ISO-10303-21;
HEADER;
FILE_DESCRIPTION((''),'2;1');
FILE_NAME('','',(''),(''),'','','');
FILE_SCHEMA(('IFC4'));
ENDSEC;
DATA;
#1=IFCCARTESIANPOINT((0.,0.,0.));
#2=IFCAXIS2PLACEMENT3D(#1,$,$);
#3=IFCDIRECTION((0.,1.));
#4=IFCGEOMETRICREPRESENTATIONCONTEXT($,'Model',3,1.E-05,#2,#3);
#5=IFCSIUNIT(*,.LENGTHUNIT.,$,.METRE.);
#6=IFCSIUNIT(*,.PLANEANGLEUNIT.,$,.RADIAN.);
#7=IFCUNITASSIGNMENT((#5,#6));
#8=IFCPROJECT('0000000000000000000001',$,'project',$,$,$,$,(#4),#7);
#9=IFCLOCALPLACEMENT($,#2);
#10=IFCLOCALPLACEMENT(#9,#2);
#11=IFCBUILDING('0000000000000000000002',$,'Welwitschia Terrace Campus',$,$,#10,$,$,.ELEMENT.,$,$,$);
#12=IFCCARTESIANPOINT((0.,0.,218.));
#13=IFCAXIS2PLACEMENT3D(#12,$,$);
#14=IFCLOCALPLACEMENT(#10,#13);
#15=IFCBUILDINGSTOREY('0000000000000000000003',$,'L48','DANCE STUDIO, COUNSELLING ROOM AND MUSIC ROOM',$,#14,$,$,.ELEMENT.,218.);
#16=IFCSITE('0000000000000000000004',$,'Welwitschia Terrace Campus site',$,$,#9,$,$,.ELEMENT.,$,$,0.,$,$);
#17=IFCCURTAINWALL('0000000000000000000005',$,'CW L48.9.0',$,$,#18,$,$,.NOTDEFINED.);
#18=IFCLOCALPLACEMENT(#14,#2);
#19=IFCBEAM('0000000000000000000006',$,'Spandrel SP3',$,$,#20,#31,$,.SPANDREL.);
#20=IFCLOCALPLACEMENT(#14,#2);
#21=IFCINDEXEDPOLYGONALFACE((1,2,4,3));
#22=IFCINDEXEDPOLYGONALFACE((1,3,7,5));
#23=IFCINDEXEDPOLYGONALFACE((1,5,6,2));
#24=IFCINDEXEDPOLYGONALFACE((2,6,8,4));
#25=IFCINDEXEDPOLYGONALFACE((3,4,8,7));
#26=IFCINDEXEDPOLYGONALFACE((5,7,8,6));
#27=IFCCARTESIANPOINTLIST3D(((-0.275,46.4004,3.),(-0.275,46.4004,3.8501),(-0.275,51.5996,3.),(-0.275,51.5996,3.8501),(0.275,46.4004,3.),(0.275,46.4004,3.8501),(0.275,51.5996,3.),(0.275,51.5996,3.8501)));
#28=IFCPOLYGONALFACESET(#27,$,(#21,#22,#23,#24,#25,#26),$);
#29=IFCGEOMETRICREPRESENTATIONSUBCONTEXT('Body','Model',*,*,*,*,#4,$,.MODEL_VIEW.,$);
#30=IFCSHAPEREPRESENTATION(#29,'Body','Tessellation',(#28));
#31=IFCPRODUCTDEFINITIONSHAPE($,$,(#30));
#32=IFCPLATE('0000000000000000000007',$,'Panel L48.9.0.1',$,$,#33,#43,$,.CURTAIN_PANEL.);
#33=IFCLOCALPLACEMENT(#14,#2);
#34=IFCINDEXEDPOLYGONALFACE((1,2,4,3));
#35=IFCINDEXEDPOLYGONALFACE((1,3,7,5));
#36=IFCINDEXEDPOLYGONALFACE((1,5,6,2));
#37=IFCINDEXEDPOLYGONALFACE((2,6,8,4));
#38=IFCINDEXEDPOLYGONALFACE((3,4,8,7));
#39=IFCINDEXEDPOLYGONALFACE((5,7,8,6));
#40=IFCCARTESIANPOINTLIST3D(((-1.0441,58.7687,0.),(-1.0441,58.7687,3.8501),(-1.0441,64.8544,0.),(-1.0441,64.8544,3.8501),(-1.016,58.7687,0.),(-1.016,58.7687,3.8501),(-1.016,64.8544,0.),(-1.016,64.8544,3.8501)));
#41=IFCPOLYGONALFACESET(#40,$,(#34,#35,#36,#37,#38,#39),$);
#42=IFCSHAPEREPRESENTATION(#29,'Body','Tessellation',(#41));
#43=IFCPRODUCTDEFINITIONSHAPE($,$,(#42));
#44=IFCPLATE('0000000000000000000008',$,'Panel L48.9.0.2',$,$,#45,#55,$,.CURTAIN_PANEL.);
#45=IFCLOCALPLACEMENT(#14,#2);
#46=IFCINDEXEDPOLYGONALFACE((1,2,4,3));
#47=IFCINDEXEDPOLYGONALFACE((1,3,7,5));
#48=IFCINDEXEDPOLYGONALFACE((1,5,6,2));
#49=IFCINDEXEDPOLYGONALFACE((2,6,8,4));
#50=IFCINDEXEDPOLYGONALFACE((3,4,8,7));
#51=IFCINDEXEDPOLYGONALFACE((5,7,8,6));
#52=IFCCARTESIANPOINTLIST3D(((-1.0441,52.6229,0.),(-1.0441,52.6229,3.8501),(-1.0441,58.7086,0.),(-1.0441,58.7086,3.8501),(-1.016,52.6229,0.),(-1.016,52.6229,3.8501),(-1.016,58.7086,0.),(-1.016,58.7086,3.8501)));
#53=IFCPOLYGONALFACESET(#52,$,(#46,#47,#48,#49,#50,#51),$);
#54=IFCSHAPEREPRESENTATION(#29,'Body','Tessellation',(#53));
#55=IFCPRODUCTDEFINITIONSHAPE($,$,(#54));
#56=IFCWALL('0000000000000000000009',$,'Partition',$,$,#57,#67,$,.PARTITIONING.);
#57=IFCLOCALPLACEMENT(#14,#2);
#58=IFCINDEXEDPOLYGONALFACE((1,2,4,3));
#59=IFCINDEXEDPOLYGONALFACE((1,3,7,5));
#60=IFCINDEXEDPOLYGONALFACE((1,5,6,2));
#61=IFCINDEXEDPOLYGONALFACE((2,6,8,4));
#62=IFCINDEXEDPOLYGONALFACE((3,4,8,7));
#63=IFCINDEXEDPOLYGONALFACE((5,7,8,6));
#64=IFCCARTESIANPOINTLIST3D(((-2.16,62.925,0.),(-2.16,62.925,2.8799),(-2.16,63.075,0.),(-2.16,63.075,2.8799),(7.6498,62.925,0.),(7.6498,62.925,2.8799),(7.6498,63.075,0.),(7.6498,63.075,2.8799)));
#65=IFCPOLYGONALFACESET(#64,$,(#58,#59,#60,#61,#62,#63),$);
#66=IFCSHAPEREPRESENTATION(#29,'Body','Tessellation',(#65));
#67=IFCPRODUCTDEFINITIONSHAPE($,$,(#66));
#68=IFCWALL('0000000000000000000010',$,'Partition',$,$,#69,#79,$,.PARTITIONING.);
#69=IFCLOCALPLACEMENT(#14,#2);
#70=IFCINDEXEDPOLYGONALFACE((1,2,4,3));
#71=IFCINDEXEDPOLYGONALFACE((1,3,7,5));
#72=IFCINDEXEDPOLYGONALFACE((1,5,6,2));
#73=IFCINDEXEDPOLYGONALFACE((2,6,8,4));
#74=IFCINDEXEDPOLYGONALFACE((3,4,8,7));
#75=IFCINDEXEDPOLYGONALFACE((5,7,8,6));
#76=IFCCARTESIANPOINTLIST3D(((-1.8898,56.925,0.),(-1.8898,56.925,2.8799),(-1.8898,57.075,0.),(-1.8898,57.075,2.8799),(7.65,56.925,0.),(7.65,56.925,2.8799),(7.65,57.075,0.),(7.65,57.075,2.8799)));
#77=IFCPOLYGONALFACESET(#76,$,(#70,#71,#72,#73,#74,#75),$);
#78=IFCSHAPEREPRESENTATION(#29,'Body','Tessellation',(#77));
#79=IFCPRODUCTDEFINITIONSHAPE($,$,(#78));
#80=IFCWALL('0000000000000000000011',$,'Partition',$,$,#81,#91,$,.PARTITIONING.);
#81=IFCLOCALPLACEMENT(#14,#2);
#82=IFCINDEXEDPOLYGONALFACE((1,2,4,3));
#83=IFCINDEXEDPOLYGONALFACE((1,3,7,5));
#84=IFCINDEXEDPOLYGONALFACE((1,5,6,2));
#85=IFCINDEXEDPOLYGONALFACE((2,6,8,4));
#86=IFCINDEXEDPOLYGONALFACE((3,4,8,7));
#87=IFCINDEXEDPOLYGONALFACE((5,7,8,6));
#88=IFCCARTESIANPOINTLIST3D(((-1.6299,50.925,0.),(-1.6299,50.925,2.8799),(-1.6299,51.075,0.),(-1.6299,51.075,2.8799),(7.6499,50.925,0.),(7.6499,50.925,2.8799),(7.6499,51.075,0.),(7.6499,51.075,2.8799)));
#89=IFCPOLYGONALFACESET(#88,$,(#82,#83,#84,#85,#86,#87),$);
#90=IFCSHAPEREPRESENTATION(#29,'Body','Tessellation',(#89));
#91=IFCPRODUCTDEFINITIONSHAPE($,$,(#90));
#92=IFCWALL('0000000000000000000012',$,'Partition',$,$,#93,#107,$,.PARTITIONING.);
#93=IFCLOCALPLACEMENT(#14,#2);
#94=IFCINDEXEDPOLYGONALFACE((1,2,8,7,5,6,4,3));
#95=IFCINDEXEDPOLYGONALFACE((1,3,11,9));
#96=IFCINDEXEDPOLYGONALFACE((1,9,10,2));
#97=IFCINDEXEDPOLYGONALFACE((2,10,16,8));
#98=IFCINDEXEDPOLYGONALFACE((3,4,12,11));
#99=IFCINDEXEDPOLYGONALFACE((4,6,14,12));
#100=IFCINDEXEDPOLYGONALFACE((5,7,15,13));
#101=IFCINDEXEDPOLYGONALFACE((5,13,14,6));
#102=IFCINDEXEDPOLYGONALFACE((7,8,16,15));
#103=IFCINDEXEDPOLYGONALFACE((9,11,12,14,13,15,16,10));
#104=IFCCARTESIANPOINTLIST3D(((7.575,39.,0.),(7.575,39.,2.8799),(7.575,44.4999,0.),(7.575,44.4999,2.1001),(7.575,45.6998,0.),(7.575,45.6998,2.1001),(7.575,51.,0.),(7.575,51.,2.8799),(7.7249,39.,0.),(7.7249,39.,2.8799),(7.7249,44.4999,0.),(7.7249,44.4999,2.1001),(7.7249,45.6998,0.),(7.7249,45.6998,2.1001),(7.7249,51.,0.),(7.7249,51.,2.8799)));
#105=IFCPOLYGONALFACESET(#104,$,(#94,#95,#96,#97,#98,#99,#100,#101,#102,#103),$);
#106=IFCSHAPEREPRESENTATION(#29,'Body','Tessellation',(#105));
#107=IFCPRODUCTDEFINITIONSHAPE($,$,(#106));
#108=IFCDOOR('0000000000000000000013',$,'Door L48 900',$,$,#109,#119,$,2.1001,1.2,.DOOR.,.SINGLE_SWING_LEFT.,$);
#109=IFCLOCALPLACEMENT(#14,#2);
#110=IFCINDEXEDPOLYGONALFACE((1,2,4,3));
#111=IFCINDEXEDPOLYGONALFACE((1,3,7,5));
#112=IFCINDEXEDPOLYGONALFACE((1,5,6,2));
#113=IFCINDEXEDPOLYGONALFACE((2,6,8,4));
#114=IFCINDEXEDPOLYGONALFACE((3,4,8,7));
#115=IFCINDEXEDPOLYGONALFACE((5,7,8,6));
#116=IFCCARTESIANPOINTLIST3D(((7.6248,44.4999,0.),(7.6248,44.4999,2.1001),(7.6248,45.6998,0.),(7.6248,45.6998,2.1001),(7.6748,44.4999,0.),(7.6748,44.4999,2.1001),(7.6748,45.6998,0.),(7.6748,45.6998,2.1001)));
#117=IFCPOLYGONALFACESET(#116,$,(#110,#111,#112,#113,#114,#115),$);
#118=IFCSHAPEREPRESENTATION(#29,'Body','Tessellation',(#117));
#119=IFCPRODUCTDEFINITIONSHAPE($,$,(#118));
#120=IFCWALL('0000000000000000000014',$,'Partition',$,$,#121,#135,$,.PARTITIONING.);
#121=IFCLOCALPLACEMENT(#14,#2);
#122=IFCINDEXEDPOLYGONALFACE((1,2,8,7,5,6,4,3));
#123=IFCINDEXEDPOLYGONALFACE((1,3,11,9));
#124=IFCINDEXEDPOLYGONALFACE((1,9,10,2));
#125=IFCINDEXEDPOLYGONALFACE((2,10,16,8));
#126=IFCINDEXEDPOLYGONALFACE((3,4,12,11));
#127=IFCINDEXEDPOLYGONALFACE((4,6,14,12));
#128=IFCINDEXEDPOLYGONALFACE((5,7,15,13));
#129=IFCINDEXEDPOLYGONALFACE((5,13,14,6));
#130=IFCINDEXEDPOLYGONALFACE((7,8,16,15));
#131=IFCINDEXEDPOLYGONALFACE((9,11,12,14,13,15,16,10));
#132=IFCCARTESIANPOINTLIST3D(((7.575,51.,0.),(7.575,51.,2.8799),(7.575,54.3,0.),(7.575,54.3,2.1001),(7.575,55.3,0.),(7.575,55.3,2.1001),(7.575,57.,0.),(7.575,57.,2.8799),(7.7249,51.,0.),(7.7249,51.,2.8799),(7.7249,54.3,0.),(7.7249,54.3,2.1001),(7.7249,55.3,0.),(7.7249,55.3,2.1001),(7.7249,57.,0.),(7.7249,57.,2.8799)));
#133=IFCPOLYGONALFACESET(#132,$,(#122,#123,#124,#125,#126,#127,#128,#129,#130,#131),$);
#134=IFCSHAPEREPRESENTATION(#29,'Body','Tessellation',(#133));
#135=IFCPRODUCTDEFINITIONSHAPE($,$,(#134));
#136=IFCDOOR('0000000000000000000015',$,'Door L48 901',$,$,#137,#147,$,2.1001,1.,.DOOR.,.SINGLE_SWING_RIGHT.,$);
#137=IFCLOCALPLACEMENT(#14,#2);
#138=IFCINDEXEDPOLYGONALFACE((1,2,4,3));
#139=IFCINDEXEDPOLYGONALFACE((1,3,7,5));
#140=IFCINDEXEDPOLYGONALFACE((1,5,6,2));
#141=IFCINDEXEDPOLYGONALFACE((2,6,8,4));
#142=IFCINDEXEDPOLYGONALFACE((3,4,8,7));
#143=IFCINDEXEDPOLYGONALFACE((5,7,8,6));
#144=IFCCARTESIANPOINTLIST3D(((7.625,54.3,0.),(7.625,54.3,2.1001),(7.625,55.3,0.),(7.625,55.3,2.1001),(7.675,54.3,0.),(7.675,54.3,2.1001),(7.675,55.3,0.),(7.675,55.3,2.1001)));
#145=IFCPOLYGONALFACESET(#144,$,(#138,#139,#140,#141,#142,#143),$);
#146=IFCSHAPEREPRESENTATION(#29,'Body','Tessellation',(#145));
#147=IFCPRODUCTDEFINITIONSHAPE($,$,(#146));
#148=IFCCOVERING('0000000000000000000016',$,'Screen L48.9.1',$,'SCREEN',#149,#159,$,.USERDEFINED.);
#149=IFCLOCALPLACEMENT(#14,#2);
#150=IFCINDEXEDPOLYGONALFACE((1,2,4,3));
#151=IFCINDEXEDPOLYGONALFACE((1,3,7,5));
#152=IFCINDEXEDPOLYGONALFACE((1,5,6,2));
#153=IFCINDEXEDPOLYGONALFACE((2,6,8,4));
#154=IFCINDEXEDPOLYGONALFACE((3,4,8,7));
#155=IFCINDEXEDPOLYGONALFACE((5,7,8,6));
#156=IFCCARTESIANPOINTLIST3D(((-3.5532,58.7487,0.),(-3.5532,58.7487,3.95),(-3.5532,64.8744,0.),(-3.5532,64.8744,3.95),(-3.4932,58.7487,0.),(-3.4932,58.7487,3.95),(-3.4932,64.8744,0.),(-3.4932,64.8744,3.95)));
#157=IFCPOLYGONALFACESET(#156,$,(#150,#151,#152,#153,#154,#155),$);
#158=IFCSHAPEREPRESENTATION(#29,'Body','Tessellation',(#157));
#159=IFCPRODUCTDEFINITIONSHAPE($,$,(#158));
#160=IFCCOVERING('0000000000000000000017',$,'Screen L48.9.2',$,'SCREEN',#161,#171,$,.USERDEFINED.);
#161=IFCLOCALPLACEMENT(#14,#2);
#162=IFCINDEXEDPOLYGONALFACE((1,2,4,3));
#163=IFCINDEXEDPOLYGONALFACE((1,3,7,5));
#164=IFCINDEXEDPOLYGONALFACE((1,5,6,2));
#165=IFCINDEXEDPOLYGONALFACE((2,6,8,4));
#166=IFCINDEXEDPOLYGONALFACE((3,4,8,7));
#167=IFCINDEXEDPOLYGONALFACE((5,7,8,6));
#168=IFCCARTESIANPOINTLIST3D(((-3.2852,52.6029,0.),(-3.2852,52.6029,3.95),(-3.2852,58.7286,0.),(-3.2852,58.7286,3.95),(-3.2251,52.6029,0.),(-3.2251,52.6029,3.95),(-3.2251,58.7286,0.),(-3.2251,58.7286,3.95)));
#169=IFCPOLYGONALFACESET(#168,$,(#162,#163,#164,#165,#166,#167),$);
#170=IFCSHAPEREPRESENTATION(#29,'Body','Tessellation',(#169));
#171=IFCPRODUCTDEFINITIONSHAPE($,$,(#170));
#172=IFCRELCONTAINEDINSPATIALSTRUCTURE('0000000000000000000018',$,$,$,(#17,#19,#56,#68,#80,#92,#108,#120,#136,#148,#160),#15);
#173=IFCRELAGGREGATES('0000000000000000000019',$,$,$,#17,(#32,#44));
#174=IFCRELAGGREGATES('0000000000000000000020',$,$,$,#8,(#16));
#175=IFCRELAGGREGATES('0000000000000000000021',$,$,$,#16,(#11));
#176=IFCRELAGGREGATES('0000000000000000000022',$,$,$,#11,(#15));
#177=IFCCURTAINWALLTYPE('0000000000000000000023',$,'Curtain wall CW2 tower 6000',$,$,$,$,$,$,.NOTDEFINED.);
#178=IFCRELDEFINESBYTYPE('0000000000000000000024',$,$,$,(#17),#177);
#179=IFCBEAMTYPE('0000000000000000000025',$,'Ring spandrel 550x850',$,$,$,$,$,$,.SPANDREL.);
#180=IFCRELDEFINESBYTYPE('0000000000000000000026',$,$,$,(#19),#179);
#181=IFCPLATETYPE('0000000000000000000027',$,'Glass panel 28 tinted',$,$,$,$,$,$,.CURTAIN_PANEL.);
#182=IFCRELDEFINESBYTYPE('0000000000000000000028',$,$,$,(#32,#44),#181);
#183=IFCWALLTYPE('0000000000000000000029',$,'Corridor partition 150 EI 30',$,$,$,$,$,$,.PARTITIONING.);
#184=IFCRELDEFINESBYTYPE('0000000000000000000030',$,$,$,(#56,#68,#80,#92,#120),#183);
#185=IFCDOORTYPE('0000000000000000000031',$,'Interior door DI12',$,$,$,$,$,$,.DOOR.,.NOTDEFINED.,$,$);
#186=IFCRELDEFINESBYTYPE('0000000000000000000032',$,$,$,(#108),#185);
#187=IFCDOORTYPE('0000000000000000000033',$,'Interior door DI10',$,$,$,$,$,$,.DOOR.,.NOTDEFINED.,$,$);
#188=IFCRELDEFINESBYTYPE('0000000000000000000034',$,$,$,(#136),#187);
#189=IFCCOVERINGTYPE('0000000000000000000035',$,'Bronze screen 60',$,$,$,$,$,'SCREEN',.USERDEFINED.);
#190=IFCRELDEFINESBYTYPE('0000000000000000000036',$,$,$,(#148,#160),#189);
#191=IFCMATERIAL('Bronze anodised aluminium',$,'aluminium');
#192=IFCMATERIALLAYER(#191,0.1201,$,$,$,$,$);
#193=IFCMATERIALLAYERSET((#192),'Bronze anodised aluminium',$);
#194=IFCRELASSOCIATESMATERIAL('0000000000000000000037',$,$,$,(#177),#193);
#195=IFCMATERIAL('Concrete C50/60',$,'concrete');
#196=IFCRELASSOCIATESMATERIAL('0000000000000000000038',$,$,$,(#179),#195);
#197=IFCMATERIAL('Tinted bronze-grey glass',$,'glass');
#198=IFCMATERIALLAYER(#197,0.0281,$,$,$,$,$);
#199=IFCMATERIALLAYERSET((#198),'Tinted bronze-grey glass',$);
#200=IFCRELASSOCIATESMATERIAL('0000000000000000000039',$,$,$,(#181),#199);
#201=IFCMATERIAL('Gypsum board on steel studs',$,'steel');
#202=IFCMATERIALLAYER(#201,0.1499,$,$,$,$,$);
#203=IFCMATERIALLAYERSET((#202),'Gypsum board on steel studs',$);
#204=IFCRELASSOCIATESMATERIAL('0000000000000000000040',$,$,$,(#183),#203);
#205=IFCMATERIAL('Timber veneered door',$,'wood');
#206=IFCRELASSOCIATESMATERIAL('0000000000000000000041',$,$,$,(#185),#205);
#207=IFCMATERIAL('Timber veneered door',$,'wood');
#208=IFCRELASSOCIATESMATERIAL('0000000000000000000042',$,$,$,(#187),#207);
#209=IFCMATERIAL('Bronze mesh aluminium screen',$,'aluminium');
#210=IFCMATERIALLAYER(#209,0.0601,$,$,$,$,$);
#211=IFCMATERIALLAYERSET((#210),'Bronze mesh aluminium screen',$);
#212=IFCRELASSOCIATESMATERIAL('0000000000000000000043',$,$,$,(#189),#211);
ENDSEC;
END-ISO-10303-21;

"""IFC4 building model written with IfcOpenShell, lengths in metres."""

from ifc_helpers import new_model, si_unit, direction, frame, frame_2d, origin, origin_2d, place, context, subcontext, project, spatial, rectangle, extrude, material, layer, layer_set, material_profile, profile_set, type_object, element, fill, aggregate, save


model = new_model("IFC4")

# Units and contexts
model_context = context("Model", 3, precision=1e-05, world=origin(), true_north=direction((0.0, 1.0)))
body_context = subcontext(model_context, "Body", "Model", "MODEL_VIEW")
ifc_project = project(units=[si_unit("LENGTHUNIT", "METRE"), si_unit("PLANEANGLEUNIT", "RADIAN")], contexts=[model_context])

# Site, building, storey
site_placement = place(None, origin())
site = spatial("IfcSite", under=ifc_project, at=site_placement, Name="Welwitschia Terrace Campus site", CompositionType="ELEMENT", RefElevation=0.0)
building_placement = place(site_placement, origin())
building = spatial("IfcBuilding", under=site, at=building_placement, Name="Welwitschia Terrace Campus", CompositionType="ELEMENT")
storey_placement = place(building_placement, frame((0.0, 0.0, 218.0)))
storey = spatial("IfcBuildingStorey", under=building, at=storey_placement, Name="L48", Description="DANCE STUDIO, COUNSELLING ROOM AND MUSIC ROOM", CompositionType="ELEMENT", Elevation=218.0)

# Curtain wall
ifc_material_1 = material(Name="Bronze anodised aluminium", Category="aluminium")
ifc_layer_1 = layer(ifc_material_1, 0.1201)
ifc_layer_set_1 = layer_set([ifc_layer_1], Name="Bronze anodised aluminium")
curtain_wall_type = type_object("IfcCurtainWallType", Name="Curtain wall CW2 tower 6000", PredefinedType="NOTDEFINED", material=ifc_layer_set_1)
curtain_wall_placement = place(storey_placement, origin())
curtain_wall = element("IfcCurtainWall", 1, at=curtain_wall_placement, inside=storey, type_object=curtain_wall_type, Name="CW L48.9.0", PredefinedType="NOTDEFINED")

# Beam
ifc_material_2 = material(Name="Concrete C50/60", Category="concrete")
ifc_material_profile_1 = material_profile(ifc_material_2, rectangle(XDim=0.55, YDim=0.8501, at=origin_2d()))
ifc_profile_set_1 = profile_set([ifc_material_profile_1], Name="Concrete C50/60")
beam_type_1 = type_object("IfcBeamType", Name="Ring spandrel 550x850", PredefinedType="SPANDREL", material=ifc_profile_set_1)
for number, where, z_axis, x_axis, name in (
    (2, (0.0, 51.5996, 3.425), (0.0, -1.0, 0.0), (1.0, 0.0, 0.0), "Spandrel SP3"),
):
    element("IfcBeam", number, at=place(storey_placement, frame(where, z_axis=z_axis, x_axis=x_axis)), inside=storey, type_object=beam_type_1, Name=name, PredefinedType="SPANDREL", context=body_context, shape_type="SweptSolid", body=[
        extrude(rectangle(XDim=0.55, YDim=0.8501, at=origin_2d()), origin(), (0.0, 0.0, 1.0), 5.1992),
    ])

# Plates
ifc_material_3 = material(Name="Tinted bronze-grey glass", Category="glass")
ifc_layer_2 = layer(ifc_material_3, 0.0281)
ifc_layer_set_2 = layer_set([ifc_layer_2], Name="Tinted bronze-grey glass")
plate_type = type_object("IfcPlateType", Name="Glass panel 28 tinted", PredefinedType="CURTAIN_PANEL", material=ifc_layer_set_2)
plate_1_placement = place(storey_placement, frame((-1.03, 61.8115, 0.0), z_axis=(0.0, 0.0, 1.0), x_axis=(0.0, -1.0, 0.0)))
plate_1 = element("IfcPlate", 3, at=plate_1_placement, type_object=plate_type, Name="Panel L48.9.0.1", PredefinedType="CURTAIN_PANEL", context=body_context, shape_type="SweptSolid", body=[
    extrude(rectangle(XDim=6.0857, YDim=0.0281, at=origin_2d()), origin(), (0.0, 0.0, 1.0), 3.8501),
])
plate_2_placement = place(storey_placement, frame((-1.03, 55.6658, 0.0), z_axis=(0.0, 0.0, 1.0), x_axis=(0.0, -1.0, 0.0)))
plate_2 = element("IfcPlate", 4, at=plate_2_placement, type_object=plate_type, Name="Panel L48.9.0.2", PredefinedType="CURTAIN_PANEL", context=body_context, shape_type="SweptSolid", body=[
    extrude(rectangle(XDim=6.0857, YDim=0.0281, at=origin_2d()), origin(), (0.0, 0.0, 1.0), 3.8501),
])
aggregate(curtain_wall, [plate_1, plate_2])

# Walls
ifc_material_4 = material(Name="Gypsum board on steel studs", Category="steel")
ifc_layer_3 = layer(ifc_material_4, 0.1499)
ifc_layer_set_3 = layer_set([ifc_layer_3], Name="Gypsum board on steel studs")
wall_type = type_object("IfcWallType", Name="Corridor partition 150 EI 30", PredefinedType="PARTITIONING", material=ifc_layer_set_3)
wall_1_placement = place(storey_placement, frame((-2.1599, 63.0, 0.0), z_axis=(0.0, 0.0, 1.0), x_axis=(1.0, 0.0, 0.0)))
element("IfcWall", 5, at=wall_1_placement, inside=storey, type_object=wall_type, Name="Partition", PredefinedType="PARTITIONING", context=body_context, shape_type="SweptSolid", body=[
    extrude(rectangle(XDim=9.8098, YDim=0.1499, at=frame_2d((4.9048, 0.0))), origin(), (0.0, 0.0, 1.0), 2.8799),
])
wall_2_placement = place(storey_placement, frame((-1.8899, 57.0, 0.0), z_axis=(0.0, 0.0, 1.0), x_axis=(1.0, 0.0, 0.0)))
element("IfcWall", 6, at=wall_2_placement, inside=storey, type_object=wall_type, Name="Partition", PredefinedType="PARTITIONING", context=body_context, shape_type="SweptSolid", body=[
    extrude(rectangle(XDim=9.5398, YDim=0.1499, at=frame_2d((4.77, 0.0))), origin(), (0.0, 0.0, 1.0), 2.8799),
])
wall_3_placement = place(storey_placement, frame((-1.6299, 51.0, 0.0), z_axis=(0.0, 0.0, 1.0), x_axis=(1.0, 0.0, 0.0)))
element("IfcWall", 7, at=wall_3_placement, inside=storey, type_object=wall_type, Name="Partition", PredefinedType="PARTITIONING", context=body_context, shape_type="SweptSolid", body=[
    extrude(rectangle(XDim=9.2798, YDim=0.1499, at=frame_2d((4.6399, 0.0))), origin(), (0.0, 0.0, 1.0), 2.8799),
])

# Walls, openings, doors
wall_4_placement = place(storey_placement, frame((7.6499, 51.0, 0.0), z_axis=(0.0, 0.0, 1.0), x_axis=(0.0, -1.0, 0.0)))
wall_4 = element("IfcWall", 8, at=wall_4_placement, inside=storey, type_object=wall_type, Name="Partition", PredefinedType="PARTITIONING", context=body_context, shape_type="SweptSolid", body=[
    extrude(rectangle(XDim=12.0, YDim=0.1499, at=frame_2d((6.0, 0.0))), origin(), (0.0, 0.0, 1.0), 2.8799),
])
opening_1_placement = place(wall_4_placement, frame((5.3, 0.0, 0.0)))
opening_1 = element("IfcOpeningElement", 9, at=opening_1_placement, cuts=wall_4, PredefinedType="OPENING", context=body_context, shape_type="SweptSolid", body=[
    extrude(rectangle(XDim=1.2, YDim=2.1001, at=frame_2d((0.6001, 1.05))), frame((0.0, 0.085, 0.0), z_axis=(0.0, -1.0, 0.0), x_axis=(1.0, 0.0, 0.0)), (0.0, 0.0, 1.0), 0.1699),
])
ifc_material_5 = material(Name="Timber veneered door", Category="wood")
door_type_1 = type_object("IfcDoorType", Name="Interior door DI12", OperationType="NOTDEFINED", PredefinedType="DOOR", material=ifc_material_5)
door_1_placement = place(opening_1_placement, origin())
door_1 = element("IfcDoor", 10, at=door_1_placement, inside=storey, type_object=door_type_1, Name="Door L48 900", OperationType="SINGLE_SWING_LEFT", OverallHeight=2.1001, OverallWidth=1.2, PredefinedType="DOOR", context=body_context, shape_type="SweptSolid", body=[
    extrude(rectangle(XDim=1.2, YDim=2.1001, at=frame_2d((0.6001, 1.05))), frame((0.0, 0.0249, 0.0), z_axis=(0.0, -1.0, 0.0), x_axis=(1.0, 0.0, 0.0)), (0.0, 0.0, 1.0), 0.05),
])
fill(opening_1, door_1)
wall_5_placement = place(storey_placement, frame((7.6499, 51.0, 0.0), z_axis=(0.0, 0.0, 1.0), x_axis=(0.0, 1.0, 0.0)))
wall_5 = element("IfcWall", 11, at=wall_5_placement, inside=storey, type_object=wall_type, Name="Partition", PredefinedType="PARTITIONING", context=body_context, shape_type="SweptSolid", body=[
    extrude(rectangle(XDim=6.0, YDim=0.1499, at=frame_2d((3.0, 0.0))), origin(), (0.0, 0.0, 1.0), 2.8799),
])
opening_2_placement = place(wall_5_placement, frame((3.3, 0.0, 0.0)))
opening_2 = element("IfcOpeningElement", 12, at=opening_2_placement, cuts=wall_5, PredefinedType="OPENING", context=body_context, shape_type="SweptSolid", body=[
    extrude(rectangle(XDim=1.0, YDim=2.1001, at=frame_2d((0.5, 1.05))), frame((0.0, 0.085, 0.0), z_axis=(0.0, -1.0, 0.0), x_axis=(1.0, 0.0, 0.0)), (0.0, 0.0, 1.0), 0.1699),
])
ifc_material_6 = material(Name="Timber veneered door", Category="wood")
door_type_2 = type_object("IfcDoorType", Name="Interior door DI10", OperationType="NOTDEFINED", PredefinedType="DOOR", material=ifc_material_6)
door_2_placement = place(opening_2_placement, origin())
door_2 = element("IfcDoor", 13, at=door_2_placement, inside=storey, type_object=door_type_2, Name="Door L48 901", OperationType="SINGLE_SWING_RIGHT", OverallHeight=2.1001, OverallWidth=1.0, PredefinedType="DOOR", context=body_context, shape_type="SweptSolid", body=[
    extrude(rectangle(XDim=1.0, YDim=2.1001, at=frame_2d((0.5, 1.05))), frame((0.0, 0.0249, 0.0), z_axis=(0.0, -1.0, 0.0), x_axis=(1.0, 0.0, 0.0)), (0.0, 0.0, 1.0), 0.05),
])
fill(opening_2, door_2)

# Coverings
ifc_material_7 = material(Name="Bronze mesh aluminium screen", Category="aluminium")
ifc_layer_4 = layer(ifc_material_7, 0.0601)
ifc_layer_set_4 = layer_set([ifc_layer_4], Name="Bronze mesh aluminium screen")
covering_type = type_object("IfcCoveringType", Name="Bronze screen 60", ElementType="SCREEN", PredefinedType="USERDEFINED", material=ifc_layer_set_4)
for number, where, z_axis, x_axis, name in (
    (14, (-3.5232, 61.8115, 0.0), (0.0, 0.0, 1.0), (0.0, -1.0, 0.0), "Screen L48.9.1"),
    (15, (-3.2551, 55.6658, 0.0), (0.0, 0.0, 1.0), (0.0, -1.0, 0.0), "Screen L48.9.2"),
):
    element("IfcCovering", number, at=place(storey_placement, frame(where, z_axis=z_axis, x_axis=x_axis)), inside=storey, type_object=covering_type, Name=name, ObjectType="SCREEN", PredefinedType="USERDEFINED", context=body_context, shape_type="SweptSolid", body=[
        extrude(rectangle(XDim=6.1257, YDim=0.0601, at=origin_2d()), origin(), (0.0, 0.0, 1.0), 3.95),
    ])

save(model, "model.ifc")
